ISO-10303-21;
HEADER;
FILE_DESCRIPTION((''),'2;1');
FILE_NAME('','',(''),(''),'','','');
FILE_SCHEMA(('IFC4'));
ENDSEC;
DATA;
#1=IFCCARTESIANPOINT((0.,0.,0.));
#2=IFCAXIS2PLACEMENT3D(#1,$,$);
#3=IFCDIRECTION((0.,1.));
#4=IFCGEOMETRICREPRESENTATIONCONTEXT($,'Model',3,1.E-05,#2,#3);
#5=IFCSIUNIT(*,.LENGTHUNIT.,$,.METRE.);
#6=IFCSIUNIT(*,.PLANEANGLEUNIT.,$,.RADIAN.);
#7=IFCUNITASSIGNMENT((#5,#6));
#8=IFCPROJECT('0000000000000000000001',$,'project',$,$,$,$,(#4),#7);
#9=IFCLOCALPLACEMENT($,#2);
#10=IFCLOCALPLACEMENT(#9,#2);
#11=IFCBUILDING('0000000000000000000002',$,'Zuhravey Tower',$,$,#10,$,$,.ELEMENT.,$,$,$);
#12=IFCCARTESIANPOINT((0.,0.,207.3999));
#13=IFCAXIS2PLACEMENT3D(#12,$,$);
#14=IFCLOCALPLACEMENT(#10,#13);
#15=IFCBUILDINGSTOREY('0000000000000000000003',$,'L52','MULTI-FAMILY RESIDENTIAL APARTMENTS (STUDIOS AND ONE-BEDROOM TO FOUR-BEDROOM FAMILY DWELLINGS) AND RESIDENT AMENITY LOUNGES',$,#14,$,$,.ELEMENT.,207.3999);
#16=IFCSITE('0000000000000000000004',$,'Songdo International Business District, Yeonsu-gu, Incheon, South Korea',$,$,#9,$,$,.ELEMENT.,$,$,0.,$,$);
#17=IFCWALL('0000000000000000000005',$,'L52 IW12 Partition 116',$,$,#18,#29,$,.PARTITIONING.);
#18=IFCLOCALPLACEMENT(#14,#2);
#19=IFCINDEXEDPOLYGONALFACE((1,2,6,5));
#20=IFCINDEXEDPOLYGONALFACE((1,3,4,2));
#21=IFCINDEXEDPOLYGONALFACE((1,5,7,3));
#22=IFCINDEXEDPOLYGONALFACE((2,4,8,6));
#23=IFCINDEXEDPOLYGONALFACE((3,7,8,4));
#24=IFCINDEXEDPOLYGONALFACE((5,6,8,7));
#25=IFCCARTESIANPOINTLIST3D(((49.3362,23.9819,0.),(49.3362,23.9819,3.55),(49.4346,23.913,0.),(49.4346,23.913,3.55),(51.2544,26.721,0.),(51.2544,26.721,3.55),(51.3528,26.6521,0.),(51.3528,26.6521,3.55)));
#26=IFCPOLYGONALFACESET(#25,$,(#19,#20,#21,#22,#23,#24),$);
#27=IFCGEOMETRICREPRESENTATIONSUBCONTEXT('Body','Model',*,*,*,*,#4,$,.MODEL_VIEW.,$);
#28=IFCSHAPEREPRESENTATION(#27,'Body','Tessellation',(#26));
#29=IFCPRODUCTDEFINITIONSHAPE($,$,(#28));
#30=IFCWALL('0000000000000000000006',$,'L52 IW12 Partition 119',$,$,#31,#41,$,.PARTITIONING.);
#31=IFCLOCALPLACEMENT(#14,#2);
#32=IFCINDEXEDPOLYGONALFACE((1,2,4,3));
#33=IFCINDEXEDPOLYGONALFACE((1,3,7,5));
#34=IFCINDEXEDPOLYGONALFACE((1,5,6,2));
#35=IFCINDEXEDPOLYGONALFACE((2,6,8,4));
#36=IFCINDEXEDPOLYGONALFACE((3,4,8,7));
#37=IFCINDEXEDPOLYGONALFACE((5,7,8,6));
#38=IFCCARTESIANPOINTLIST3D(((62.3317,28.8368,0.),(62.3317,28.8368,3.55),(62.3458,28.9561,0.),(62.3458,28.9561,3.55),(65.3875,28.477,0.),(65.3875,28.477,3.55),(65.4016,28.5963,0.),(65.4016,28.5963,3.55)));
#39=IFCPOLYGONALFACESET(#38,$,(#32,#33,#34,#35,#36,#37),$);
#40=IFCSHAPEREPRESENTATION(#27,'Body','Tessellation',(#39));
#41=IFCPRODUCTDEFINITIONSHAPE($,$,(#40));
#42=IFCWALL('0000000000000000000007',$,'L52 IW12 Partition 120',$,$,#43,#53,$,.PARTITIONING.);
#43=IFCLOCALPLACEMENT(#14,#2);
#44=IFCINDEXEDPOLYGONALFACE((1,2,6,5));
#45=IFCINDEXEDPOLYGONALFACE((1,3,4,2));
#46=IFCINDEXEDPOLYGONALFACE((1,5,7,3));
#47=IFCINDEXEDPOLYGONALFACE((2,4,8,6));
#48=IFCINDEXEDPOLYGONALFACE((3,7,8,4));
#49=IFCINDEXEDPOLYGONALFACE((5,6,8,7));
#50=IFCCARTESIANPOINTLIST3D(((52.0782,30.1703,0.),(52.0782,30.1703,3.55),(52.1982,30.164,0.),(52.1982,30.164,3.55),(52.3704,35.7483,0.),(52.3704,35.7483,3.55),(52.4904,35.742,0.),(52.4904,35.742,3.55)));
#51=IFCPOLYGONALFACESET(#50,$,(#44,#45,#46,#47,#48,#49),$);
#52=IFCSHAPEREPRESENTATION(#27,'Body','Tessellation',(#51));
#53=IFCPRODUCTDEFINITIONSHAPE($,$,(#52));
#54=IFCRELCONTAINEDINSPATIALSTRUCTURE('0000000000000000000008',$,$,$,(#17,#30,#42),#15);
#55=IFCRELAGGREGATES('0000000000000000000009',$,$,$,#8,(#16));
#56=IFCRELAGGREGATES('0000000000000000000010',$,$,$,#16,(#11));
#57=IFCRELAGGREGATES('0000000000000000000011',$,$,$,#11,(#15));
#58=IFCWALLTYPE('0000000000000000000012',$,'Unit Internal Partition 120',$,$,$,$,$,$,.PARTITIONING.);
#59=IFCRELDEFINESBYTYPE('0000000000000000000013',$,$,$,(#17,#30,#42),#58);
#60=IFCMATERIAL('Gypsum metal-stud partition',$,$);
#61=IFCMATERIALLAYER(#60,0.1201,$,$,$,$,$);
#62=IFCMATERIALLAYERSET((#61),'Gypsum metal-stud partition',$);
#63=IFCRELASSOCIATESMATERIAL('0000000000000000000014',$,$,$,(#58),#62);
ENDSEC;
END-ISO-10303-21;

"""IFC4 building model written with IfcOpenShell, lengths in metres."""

from ifc_helpers import new_model, si_unit, direction, frame, frame_2d, origin, place, context, subcontext, project, spatial, rectangle, extrude, material, layer, layer_set, type_object, element, save


model = new_model("IFC4")

# Units and contexts
model_context = context("Model", 3, precision=1e-05, world=origin(), true_north=direction((0.0, 1.0)))
body_context = subcontext(model_context, "Body", "Model", "MODEL_VIEW")
ifc_project = project(units=[si_unit("LENGTHUNIT", "METRE"), si_unit("PLANEANGLEUNIT", "RADIAN")], contexts=[model_context])

# Site, building, storey
site_placement = place(None, origin())
site = spatial("IfcSite", under=ifc_project, at=site_placement, Name="Songdo International Business District, Yeonsu-gu, Incheon, South Korea", CompositionType="ELEMENT", RefElevation=0.0)
building_placement = place(site_placement, origin())
building = spatial("IfcBuilding", under=site, at=building_placement, Name="Zuhravey Tower", CompositionType="ELEMENT")
storey_placement = place(building_placement, frame((0.0, 0.0, 207.3999)))
storey = spatial("IfcBuildingStorey", under=building, at=storey_placement, Name="L52", Description="MULTI-FAMILY RESIDENTIAL APARTMENTS (STUDIOS AND ONE-BEDROOM TO FOUR-BEDROOM FAMILY DWELLINGS) AND RESIDENT AMENITY LOUNGES", CompositionType="ELEMENT", Elevation=207.3999)

# Shared definitions
ifc_material_1 = material(Name="Gypsum metal-stud partition")
ifc_layer_1 = layer(ifc_material_1, 0.1201)
ifc_layer_set_1 = layer_set([ifc_layer_1], Name="Gypsum metal-stud partition")
wall_type_1 = type_object("IfcWallType", Name="Unit Internal Partition 120", PredefinedType="PARTITIONING", material=ifc_layer_set_1)

# Walls
wall_1_placement = place(storey_placement, frame((49.3855, 23.9475, 0.0), z_axis=(0.0, 0.0, 1.0), x_axis=(0.573609, 0.819129, 0.0)))
element("IfcWall", 1, at=wall_1_placement, inside=storey, type_object=wall_type_1, Name="L52 IW12 Partition 116", PredefinedType="PARTITIONING", context=body_context, shape_type="SweptSolid", body=[
    extrude(rectangle(XDim=3.344, YDim=0.1201, at=frame_2d((1.6719, 0.0))), origin(), (0.0, 0.0, 1.0), 3.55),
])
wall_2_placement = place(storey_placement, frame((62.3386, 28.8965, 0.0), z_axis=(0.0, 0.0, 1.0), x_axis=(0.993138, -0.116952, 0.0)))
element("IfcWall", 2, at=wall_2_placement, inside=storey, type_object=wall_type_1, Name="L52 IW12 Partition 119", PredefinedType="PARTITIONING", context=body_context, shape_type="SweptSolid", body=[
    extrude(rectangle(XDim=3.0769, YDim=0.1201, at=frame_2d((1.5386, 0.0))), origin(), (0.0, 0.0, 1.0), 3.55),
])
wall_3_placement = place(storey_placement, frame((52.1382, 30.167, 0.0), z_axis=(0.0, 0.0, 1.0), x_axis=(0.052318, 0.99863, 0.0)))
element("IfcWall", 3, at=wall_3_placement, inside=storey, type_object=wall_type_1, Name="L52 IW12 Partition 120", PredefinedType="PARTITIONING", context=body_context, shape_type="SweptSolid", body=[
    extrude(rectangle(XDim=5.5857, YDim=0.1201, at=frame_2d((2.793, 0.0))), origin(), (0.0, 0.0, 1.0), 3.55),
])

save(model, "model.ifc")
